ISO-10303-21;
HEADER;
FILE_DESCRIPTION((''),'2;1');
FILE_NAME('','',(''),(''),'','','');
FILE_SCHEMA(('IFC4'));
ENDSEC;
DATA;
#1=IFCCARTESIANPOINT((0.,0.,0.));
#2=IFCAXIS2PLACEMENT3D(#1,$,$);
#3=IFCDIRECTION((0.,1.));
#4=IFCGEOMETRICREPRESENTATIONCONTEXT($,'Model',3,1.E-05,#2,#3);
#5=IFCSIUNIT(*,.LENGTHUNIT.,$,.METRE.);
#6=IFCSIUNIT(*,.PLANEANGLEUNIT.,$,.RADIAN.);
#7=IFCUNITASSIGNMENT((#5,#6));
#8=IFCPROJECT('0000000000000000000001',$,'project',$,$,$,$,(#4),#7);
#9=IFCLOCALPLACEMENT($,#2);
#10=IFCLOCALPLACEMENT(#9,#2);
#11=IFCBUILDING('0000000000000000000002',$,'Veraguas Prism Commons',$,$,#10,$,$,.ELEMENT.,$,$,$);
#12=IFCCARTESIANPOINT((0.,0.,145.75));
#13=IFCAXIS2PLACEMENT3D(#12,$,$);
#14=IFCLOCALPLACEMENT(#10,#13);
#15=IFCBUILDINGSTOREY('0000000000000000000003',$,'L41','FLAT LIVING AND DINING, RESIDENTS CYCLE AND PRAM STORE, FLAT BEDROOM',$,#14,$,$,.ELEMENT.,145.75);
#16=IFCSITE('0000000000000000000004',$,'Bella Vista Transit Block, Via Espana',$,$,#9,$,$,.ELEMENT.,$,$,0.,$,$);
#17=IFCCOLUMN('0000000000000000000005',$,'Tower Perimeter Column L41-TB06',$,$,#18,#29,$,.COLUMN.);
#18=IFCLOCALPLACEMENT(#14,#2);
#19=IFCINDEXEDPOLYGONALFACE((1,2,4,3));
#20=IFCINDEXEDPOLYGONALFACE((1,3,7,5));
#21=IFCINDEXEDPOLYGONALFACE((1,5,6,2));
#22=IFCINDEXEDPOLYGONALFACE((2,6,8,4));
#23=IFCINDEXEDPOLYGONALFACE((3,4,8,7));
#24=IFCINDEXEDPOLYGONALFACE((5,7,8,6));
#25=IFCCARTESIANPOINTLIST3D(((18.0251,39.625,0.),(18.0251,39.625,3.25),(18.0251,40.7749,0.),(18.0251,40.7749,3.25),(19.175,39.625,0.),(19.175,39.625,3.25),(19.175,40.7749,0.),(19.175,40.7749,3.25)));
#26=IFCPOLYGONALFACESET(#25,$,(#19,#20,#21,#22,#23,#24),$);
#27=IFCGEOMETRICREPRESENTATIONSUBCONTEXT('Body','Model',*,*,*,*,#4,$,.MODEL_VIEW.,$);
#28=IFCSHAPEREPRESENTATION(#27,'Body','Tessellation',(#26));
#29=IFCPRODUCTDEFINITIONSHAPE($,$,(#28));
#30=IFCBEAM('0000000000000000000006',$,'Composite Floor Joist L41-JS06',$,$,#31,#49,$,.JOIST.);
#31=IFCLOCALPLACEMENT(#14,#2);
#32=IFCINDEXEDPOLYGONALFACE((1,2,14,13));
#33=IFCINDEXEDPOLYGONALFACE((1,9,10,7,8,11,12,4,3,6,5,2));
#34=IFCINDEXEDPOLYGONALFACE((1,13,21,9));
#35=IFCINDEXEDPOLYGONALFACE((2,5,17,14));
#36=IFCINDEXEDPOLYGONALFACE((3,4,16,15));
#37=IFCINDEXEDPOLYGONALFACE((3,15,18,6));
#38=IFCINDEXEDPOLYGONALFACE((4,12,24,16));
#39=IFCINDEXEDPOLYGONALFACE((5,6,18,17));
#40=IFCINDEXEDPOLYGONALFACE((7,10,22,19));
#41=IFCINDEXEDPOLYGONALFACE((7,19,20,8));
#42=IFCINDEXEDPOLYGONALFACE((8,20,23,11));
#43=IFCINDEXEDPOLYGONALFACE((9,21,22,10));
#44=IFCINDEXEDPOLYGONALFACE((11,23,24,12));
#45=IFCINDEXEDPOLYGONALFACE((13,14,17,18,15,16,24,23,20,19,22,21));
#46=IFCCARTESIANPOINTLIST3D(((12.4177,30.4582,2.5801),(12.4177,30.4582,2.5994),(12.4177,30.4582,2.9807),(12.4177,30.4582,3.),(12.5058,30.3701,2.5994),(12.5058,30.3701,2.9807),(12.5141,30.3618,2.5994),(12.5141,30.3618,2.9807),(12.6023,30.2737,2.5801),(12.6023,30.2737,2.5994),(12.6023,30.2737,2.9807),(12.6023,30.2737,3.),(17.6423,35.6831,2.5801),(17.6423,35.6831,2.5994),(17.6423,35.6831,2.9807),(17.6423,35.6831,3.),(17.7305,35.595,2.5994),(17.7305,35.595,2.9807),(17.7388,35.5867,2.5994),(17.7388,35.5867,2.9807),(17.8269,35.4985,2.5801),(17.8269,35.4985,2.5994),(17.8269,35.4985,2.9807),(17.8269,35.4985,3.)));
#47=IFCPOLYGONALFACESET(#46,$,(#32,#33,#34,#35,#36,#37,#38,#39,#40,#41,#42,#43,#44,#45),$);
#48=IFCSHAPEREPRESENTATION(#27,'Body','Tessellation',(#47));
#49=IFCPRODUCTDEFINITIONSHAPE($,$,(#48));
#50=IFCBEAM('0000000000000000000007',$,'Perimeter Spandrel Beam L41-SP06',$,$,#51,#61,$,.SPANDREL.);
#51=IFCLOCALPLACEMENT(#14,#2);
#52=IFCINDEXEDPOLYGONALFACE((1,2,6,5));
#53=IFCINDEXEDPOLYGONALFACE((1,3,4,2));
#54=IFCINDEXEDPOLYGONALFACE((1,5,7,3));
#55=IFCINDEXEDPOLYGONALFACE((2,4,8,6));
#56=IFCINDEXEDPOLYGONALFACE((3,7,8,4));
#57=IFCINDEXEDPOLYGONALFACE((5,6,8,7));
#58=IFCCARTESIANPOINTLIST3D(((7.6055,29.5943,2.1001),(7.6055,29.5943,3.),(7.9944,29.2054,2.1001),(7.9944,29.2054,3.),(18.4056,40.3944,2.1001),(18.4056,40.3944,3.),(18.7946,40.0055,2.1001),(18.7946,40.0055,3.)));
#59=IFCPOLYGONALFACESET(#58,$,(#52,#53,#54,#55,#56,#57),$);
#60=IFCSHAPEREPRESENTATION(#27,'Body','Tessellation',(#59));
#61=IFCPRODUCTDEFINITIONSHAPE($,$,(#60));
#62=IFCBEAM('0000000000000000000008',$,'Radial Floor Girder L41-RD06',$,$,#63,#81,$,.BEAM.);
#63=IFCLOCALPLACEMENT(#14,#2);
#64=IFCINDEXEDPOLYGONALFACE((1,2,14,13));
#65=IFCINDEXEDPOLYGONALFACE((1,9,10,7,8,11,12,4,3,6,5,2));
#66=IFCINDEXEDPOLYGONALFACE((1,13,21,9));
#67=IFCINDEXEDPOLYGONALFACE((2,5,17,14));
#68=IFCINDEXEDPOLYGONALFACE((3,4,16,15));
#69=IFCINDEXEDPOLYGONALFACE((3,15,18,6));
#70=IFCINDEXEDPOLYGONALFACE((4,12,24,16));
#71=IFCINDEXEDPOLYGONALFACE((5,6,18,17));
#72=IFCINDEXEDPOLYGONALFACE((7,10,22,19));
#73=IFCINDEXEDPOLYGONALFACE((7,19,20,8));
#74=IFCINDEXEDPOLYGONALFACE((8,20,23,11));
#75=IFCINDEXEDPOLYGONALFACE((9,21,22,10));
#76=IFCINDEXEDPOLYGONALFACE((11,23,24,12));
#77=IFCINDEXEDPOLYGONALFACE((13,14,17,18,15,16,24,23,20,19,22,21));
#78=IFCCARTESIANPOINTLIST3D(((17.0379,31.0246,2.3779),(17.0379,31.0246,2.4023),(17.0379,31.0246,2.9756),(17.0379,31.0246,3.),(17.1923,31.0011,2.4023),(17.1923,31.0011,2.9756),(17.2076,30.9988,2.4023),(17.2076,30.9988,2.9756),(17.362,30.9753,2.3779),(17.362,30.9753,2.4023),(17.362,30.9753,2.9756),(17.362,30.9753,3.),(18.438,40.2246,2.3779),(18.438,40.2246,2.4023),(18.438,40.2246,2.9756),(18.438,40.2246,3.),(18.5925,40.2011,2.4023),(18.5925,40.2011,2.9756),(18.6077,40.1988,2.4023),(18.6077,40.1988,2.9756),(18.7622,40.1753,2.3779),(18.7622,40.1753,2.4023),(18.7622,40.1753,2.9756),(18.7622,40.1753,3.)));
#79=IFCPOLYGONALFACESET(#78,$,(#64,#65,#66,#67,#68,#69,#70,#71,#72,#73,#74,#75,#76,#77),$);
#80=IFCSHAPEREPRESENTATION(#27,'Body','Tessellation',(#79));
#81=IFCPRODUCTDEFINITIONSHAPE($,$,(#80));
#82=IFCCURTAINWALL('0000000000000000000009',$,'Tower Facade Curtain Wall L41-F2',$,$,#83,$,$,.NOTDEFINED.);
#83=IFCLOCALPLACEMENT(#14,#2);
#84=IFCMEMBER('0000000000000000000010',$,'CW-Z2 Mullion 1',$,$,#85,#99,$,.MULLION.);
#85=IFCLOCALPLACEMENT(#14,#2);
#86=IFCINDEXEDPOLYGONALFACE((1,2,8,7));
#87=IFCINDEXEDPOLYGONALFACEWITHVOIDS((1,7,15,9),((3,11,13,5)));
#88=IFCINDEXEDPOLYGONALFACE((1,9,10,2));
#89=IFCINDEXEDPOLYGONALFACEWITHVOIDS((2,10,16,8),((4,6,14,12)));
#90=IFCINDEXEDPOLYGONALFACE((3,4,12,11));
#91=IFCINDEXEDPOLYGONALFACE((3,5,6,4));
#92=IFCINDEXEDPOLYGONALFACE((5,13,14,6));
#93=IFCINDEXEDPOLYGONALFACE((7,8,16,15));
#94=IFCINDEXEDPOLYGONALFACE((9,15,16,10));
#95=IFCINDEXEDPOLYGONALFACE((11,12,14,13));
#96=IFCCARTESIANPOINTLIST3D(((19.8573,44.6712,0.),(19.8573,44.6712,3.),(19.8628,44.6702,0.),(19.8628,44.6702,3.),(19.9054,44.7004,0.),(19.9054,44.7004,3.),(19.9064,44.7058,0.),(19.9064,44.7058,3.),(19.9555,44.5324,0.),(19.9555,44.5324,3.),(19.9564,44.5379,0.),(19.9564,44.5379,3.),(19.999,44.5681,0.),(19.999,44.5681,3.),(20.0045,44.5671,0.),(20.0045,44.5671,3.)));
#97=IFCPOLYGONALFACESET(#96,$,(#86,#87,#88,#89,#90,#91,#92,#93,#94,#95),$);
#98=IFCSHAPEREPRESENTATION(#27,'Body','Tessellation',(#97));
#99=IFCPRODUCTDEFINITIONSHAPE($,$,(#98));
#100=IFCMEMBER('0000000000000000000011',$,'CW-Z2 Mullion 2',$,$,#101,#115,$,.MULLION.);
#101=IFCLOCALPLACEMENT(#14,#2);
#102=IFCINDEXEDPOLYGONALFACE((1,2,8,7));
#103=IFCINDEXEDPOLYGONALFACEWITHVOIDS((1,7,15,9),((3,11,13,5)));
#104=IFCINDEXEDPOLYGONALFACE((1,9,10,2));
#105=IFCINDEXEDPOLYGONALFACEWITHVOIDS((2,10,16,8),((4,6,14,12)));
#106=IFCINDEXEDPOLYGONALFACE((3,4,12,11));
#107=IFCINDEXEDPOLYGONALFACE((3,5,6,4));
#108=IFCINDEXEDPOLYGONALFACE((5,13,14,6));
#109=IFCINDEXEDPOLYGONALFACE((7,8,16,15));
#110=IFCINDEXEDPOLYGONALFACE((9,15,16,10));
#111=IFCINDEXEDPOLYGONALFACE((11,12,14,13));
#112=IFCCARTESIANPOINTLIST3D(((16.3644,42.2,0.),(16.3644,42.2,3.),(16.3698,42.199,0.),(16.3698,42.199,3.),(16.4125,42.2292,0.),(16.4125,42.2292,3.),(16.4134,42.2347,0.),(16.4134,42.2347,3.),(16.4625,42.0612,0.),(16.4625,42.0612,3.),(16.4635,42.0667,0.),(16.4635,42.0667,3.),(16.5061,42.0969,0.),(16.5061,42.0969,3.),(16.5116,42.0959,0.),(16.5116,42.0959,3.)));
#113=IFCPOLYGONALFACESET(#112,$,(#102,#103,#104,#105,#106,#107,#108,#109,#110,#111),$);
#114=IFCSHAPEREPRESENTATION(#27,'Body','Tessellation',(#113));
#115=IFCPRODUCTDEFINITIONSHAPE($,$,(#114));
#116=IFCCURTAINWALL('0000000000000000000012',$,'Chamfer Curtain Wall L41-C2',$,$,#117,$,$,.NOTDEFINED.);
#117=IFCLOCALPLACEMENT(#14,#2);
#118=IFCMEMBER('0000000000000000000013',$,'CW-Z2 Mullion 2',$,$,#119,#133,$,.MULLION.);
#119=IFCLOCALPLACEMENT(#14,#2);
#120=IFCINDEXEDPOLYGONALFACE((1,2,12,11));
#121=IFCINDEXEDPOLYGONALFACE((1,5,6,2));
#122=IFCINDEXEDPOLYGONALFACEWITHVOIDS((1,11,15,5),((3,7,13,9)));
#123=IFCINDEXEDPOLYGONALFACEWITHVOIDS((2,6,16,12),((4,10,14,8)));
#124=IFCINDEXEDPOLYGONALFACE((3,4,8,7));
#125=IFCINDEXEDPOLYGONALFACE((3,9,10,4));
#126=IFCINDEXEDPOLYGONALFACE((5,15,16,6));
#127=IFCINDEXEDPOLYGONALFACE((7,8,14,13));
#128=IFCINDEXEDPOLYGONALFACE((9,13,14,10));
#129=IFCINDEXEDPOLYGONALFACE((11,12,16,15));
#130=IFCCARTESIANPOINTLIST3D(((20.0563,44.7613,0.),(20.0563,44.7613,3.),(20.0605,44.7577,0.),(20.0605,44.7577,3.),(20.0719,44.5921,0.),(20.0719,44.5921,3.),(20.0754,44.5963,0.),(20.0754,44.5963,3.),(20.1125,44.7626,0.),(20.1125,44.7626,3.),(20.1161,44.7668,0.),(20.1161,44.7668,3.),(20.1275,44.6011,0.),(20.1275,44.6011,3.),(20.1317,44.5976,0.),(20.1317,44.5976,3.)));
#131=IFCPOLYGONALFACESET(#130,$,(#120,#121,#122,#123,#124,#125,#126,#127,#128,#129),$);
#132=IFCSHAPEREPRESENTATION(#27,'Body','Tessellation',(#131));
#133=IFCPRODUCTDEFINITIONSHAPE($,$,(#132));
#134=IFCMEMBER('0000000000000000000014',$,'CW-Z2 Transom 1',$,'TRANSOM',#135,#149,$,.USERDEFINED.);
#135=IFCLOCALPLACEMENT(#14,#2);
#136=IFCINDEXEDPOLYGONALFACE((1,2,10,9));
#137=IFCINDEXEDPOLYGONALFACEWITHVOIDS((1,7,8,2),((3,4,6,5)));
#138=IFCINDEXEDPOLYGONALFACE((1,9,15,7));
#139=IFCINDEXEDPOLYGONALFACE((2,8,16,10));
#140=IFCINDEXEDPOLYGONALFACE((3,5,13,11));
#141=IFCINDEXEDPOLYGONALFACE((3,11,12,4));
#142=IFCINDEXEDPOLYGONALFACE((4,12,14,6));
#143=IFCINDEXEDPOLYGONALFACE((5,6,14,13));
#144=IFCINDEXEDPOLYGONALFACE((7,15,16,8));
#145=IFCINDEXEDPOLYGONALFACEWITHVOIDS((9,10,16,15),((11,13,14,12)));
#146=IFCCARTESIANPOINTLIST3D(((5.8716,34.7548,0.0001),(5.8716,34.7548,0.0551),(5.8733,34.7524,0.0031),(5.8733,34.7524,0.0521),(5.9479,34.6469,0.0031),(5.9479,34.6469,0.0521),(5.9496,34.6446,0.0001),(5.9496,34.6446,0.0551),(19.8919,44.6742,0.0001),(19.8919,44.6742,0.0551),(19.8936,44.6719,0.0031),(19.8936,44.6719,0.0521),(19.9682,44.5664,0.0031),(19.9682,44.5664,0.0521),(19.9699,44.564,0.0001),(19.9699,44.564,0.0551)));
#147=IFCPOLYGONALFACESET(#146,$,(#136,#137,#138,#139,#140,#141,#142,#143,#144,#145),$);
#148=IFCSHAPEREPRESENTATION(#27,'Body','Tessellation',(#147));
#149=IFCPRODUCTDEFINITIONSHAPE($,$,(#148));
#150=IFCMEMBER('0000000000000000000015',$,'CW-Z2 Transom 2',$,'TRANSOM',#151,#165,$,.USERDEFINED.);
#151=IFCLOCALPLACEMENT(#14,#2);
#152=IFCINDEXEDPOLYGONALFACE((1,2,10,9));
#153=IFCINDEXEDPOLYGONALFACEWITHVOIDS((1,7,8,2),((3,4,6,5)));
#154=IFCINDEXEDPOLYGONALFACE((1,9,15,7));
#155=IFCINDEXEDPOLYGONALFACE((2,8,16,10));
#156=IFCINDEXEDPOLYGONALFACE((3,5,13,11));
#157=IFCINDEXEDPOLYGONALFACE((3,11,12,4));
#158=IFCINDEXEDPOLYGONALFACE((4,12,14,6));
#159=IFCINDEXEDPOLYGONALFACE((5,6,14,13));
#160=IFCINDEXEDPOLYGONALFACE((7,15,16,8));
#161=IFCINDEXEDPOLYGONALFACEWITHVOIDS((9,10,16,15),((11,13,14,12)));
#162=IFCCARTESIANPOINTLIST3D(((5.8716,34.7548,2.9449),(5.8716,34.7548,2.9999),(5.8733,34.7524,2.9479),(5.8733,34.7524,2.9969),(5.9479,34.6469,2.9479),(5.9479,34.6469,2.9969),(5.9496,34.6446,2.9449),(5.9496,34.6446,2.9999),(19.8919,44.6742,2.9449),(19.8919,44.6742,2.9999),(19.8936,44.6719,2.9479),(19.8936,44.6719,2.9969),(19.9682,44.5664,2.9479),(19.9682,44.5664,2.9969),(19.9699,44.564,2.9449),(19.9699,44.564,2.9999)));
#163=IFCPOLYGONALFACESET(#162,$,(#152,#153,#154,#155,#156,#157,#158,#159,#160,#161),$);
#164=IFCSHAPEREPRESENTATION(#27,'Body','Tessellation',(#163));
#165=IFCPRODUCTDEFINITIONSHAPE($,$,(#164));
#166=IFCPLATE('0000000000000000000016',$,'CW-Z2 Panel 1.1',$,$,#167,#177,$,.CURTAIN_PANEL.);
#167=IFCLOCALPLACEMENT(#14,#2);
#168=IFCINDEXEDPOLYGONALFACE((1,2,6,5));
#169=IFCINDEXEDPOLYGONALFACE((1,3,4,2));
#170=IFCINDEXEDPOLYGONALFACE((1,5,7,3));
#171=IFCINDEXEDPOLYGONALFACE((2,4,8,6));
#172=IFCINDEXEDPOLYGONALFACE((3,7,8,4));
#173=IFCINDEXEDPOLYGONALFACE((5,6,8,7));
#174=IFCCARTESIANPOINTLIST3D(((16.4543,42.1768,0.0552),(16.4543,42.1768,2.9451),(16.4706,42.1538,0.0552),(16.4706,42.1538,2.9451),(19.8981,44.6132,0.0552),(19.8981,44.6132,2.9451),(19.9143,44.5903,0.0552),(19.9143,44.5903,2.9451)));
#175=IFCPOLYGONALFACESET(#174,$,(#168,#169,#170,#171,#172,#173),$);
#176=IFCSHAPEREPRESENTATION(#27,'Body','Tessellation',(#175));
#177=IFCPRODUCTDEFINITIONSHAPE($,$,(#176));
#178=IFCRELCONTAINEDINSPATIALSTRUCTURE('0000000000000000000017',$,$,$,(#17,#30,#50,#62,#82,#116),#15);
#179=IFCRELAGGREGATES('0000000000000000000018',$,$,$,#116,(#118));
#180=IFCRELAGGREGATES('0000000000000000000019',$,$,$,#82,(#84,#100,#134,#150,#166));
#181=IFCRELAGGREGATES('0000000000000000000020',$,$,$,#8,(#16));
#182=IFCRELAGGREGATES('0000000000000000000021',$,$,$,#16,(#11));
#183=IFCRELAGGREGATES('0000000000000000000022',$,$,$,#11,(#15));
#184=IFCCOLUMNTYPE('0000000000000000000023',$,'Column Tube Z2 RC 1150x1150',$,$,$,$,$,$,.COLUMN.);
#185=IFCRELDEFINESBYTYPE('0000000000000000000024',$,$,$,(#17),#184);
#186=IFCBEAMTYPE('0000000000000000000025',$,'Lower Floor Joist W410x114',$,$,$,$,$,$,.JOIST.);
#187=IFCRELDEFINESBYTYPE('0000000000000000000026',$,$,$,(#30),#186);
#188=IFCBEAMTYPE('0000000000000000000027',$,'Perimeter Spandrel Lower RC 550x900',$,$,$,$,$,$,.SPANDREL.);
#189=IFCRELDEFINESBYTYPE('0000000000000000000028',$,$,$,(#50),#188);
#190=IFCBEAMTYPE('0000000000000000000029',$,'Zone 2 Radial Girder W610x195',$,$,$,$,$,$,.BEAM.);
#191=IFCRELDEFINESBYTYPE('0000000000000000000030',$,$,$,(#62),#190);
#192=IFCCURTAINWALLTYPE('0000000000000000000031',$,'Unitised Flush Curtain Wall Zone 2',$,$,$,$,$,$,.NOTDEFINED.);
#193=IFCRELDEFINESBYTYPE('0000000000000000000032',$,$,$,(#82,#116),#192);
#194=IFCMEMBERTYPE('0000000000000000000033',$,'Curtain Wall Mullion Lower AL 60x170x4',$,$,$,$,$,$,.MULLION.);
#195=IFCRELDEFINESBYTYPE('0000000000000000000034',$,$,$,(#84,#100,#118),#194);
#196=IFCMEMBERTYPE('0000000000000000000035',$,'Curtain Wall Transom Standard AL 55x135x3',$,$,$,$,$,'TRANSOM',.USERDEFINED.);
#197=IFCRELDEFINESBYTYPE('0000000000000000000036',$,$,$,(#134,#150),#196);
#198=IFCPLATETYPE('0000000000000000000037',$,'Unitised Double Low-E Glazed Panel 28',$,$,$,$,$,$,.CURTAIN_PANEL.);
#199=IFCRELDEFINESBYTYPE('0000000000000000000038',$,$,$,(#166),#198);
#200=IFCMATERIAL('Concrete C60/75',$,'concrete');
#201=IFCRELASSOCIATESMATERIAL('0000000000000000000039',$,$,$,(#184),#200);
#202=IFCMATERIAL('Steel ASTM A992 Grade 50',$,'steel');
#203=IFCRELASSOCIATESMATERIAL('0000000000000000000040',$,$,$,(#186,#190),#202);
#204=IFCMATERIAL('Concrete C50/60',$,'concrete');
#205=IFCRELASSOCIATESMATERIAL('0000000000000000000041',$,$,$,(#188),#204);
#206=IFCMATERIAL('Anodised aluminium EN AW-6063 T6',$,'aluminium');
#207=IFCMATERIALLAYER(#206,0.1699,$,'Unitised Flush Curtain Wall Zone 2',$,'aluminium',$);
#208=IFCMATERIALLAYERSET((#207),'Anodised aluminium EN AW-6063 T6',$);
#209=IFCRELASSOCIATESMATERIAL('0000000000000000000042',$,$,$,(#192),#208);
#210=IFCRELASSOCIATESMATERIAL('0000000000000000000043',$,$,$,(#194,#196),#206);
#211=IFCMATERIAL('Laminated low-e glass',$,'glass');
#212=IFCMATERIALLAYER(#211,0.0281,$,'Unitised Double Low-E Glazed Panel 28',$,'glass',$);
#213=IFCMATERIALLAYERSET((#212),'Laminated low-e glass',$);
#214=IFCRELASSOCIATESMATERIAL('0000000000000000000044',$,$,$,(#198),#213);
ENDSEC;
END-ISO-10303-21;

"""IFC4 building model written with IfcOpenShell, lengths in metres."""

from ifc_helpers import new_model, si_unit, direction, frame, origin, origin_2d, place, context, subcontext, project, spatial, rectangle, hollow_rectangle, i_section, extrude, source, transform, mapped, material, layer, layer_set, material_profile, profile_set, type_object, element, aggregate, save


model = new_model("IFC4")

# Units and contexts
model_context = context("Model", 3, precision=1e-05, world=origin(), true_north=direction((0.0, 1.0)))
body_context = subcontext(model_context, "Body", "Model", "MODEL_VIEW")
ifc_project = project(units=[si_unit("LENGTHUNIT", "METRE"), si_unit("PLANEANGLEUNIT", "RADIAN")], contexts=[model_context])

# Site, building, storey
site_placement = place(None, origin())
site = spatial("IfcSite", under=ifc_project, at=site_placement, Name="Bella Vista Transit Block, Via Espana", CompositionType="ELEMENT", RefElevation=0.0)
building_placement = place(site_placement, origin())
building = spatial("IfcBuilding", under=site, at=building_placement, Name="Veraguas Prism Commons", CompositionType="ELEMENT")
storey_placement = place(building_placement, frame((0.0, 0.0, 145.75)))
storey = spatial("IfcBuildingStorey", under=building, at=storey_placement, Name="L41", Description="FLAT LIVING AND DINING, RESIDENTS CYCLE AND PRAM STORE, FLAT BEDROOM", CompositionType="ELEMENT", Elevation=145.75)

# Column
ifc_material_1 = material(Name="Concrete C60/75", Category="concrete")
ifc_material_profile_1 = material_profile(ifc_material_1, rectangle(XDim=1.1499, YDim=1.1499, at=origin_2d()), Name="RC1150X1150")
ifc_profile_set_1 = profile_set([ifc_material_profile_1], Name="Concrete C60/75")
column_type = type_object("IfcColumnType", Name="Column Tube Z2 RC 1150x1150", PredefinedType="COLUMN", material=ifc_profile_set_1)
column_placement = place(storey_placement, frame((18.6001, 40.2, 0.0), z_axis=(0.0, 0.0, 1.0), x_axis=(1.0, 0.0, 0.0)))
element("IfcColumn", 1, at=column_placement, inside=storey, type_object=column_type, Name="Tower Perimeter Column L41-TB06", PredefinedType="COLUMN", context=body_context, shape_type="SweptSolid", body=[
    extrude(rectangle(XDim=1.1499, YDim=1.1499, at=origin_2d()), origin(), (0.0, 0.0, 1.0), 3.25),
])

# Beams
ifc_material_2 = material(Name="Steel ASTM A992 Grade 50", Category="steel")
ifc_material_profile_2 = material_profile(ifc_material_2, i_section(OverallWidth=0.261, OverallDepth=0.4199, WebThickness=0.0117, FlangeThickness=0.0193, at=origin_2d()), Name="W410X114")
ifc_profile_set_2 = profile_set([ifc_material_profile_2], Name="Steel ASTM A992 Grade 50")
beam_type_1 = type_object("IfcBeamType", Name="Lower Floor Joist W410x114", PredefinedType="JOIST", material=ifc_profile_set_2)
beam_1_placement = place(storey_placement, frame((17.7346, 35.5908, 2.79), z_axis=(-0.70709, -0.707123, 0.0), x_axis=(0.707123, -0.70709, 0.0)))
element("IfcBeam", 2, at=beam_1_placement, inside=storey, type_object=beam_type_1, Name="Composite Floor Joist L41-JS06", PredefinedType="JOIST", context=body_context, shape_type="SweptSolid", body=[
    extrude(i_section(OverallWidth=0.261, OverallDepth=0.4199, WebThickness=0.0117, FlangeThickness=0.0193, at=origin_2d()), origin(), (0.0, 0.0, 1.0), 7.3889),
])
ifc_material_3 = material(Name="Concrete C50/60", Category="concrete")
ifc_material_profile_3 = material_profile(ifc_material_3, rectangle(XDim=0.55, YDim=0.8999, at=origin_2d()), Name="RC550X900")
ifc_profile_set_3 = profile_set([ifc_material_profile_3], Name="Concrete C50/60")
beam_type_2 = type_object("IfcBeamType", Name="Perimeter Spandrel Lower RC 550x900", PredefinedType="SPANDREL", material=ifc_profile_set_3)
beam_2_placement = place(storey_placement, frame((18.6001, 40.2, 2.55), z_axis=(-0.707107, -0.707107, 0.0), x_axis=(0.707107, -0.707107, 0.0)))
element("IfcBeam", 3, at=beam_2_placement, inside=storey, type_object=beam_type_2, Name="Perimeter Spandrel Beam L41-SP06", PredefinedType="SPANDREL", context=body_context, shape_type="SweptSolid", body=[
    extrude(rectangle(XDim=0.55, YDim=0.8999, at=origin_2d()), origin(), (0.0, 0.0, 1.0), 15.2737),
])
ifc_material_profile_4 = material_profile(ifc_material_2, i_section(OverallWidth=0.3279, OverallDepth=0.6221, WebThickness=0.0154, FlangeThickness=0.0244, at=origin_2d()), Name="W610X195")
ifc_profile_set_4 = profile_set([ifc_material_profile_4], Name="Steel ASTM A992 Grade 50")
beam_type_3 = type_object("IfcBeamType", Name="Zone 2 Radial Girder W610x195", PredefinedType="BEAM", material=ifc_profile_set_4)
beam_3_placement = place(storey_placement, frame((18.6001, 40.2, 2.689), z_axis=(-0.150458, -0.988616, 0.0), x_axis=(0.988616, -0.150458, 0.0)))
element("IfcBeam", 4, at=beam_3_placement, inside=storey, type_object=beam_type_3, Name="Radial Floor Girder L41-RD06", PredefinedType="BEAM", context=body_context, shape_type="SweptSolid", body=[
    extrude(i_section(OverallWidth=0.3279, OverallDepth=0.6221, WebThickness=0.0154, FlangeThickness=0.0244, at=origin_2d()), origin(), (0.0, 0.0, 1.0), 9.3059),
])

# Curtain wall, members
ifc_material_4 = material(Name="Anodised aluminium EN AW-6063 T6", Category="aluminium")
ifc_layer_1 = layer(ifc_material_4, 0.1699, Name="Unitised Flush Curtain Wall Zone 2", Category="aluminium")
ifc_layer_set_1 = layer_set([ifc_layer_1], Name="Anodised aluminium EN AW-6063 T6")
curtain_wall_type = type_object("IfcCurtainWallType", Name="Unitised Flush Curtain Wall Zone 2", PredefinedType="NOTDEFINED", material=ifc_layer_set_1)
curtain_wall_1_placement = place(storey_placement, origin())
curtain_wall_1 = element("IfcCurtainWall", 5, at=curtain_wall_1_placement, inside=storey, type_object=curtain_wall_type, Name="Tower Facade Curtain Wall L41-F2", PredefinedType="NOTDEFINED")
ifc_material_profile_5 = material_profile(ifc_material_4, hollow_rectangle(XDim=0.0601, YDim=0.1699, WallThickness=0.0039, at=origin_2d()), Name="AL60X170X4")
ifc_profile_set_5 = profile_set([ifc_material_profile_5], Name="Anodised aluminium EN AW-6063 T6")
member_type_1 = type_object("IfcMemberType", Name="Curtain Wall Mullion Lower AL 60x170x4", PredefinedType="MULLION", material=ifc_profile_set_5)
shared_shape_1 = source(origin(), body_context, "Body", "SweptSolid", [
    extrude(hollow_rectangle(XDim=0.0601, YDim=0.1699, WallThickness=0.0039, at=origin_2d()), origin(), (0.0, 0.0, 1.0), 3.0),
])
member_1_placement = place(storey_placement, frame((19.9309, 44.6191, 0.0), z_axis=(0.0, 0.0, 1.0), x_axis=(-0.816342, -0.577568, 0.0)))
member_1 = element("IfcMember", 6, at=member_1_placement, type_object=member_type_1, Name="CW-Z2 Mullion 1", PredefinedType="MULLION", context=body_context, shape_type="MappedRepresentation", body=[
    mapped(shared_shape_1, transform((0.0, 0.0, 0.0), scale=1.0)),
])
member_2_placement = place(storey_placement, frame((16.438, 42.1479, 0.0), z_axis=(0.0, 0.0, 1.0), x_axis=(-0.816342, -0.577568, 0.0)))
member_2 = element("IfcMember", 7, at=member_2_placement, type_object=member_type_1, Name="CW-Z2 Mullion 2", PredefinedType="MULLION", context=body_context, shape_type="MappedRepresentation", body=[
    mapped(shared_shape_1, transform((0.0, 0.0, 0.0), scale=1.0)),
])

# Curtain wall, member
curtain_wall_2_placement = place(storey_placement, origin())
curtain_wall_2 = element("IfcCurtainWall", 8, at=curtain_wall_2_placement, inside=storey, type_object=curtain_wall_type, Name="Chamfer Curtain Wall L41-C2", PredefinedType="NOTDEFINED")
member_3_placement = place(storey_placement, frame((20.094, 44.6794, 0.0), z_axis=(0.0, 0.0, 1.0), x_axis=(-0.995756, -0.092035, 0.0)))
member_3 = element("IfcMember", 9, at=member_3_placement, type_object=member_type_1, Name="CW-Z2 Mullion 2", PredefinedType="MULLION", context=body_context, shape_type="MappedRepresentation", body=[
    mapped(shared_shape_1, transform((0.0, 0.0, 0.0), scale=1.0)),
])
aggregate(curtain_wall_2, [member_3])

# Members
ifc_material_profile_6 = material_profile(ifc_material_4, hollow_rectangle(XDim=0.0549, YDim=0.135, WallThickness=0.0029, at=origin_2d()), Name="AL55X135X3")
ifc_profile_set_6 = profile_set([ifc_material_profile_6], Name="Anodised aluminium EN AW-6063 T6")
member_type_2 = type_object("IfcMemberType", Name="Curtain Wall Transom Standard AL 55x135x3", ElementType="TRANSOM", PredefinedType="USERDEFINED", material=ifc_profile_set_6)
shared_shape_2 = source(origin(), body_context, "Body", "SweptSolid", [
    extrude(hollow_rectangle(XDim=0.0549, YDim=0.135, WallThickness=0.0029, at=origin_2d()), origin(), (0.0, 0.0, 1.0), 17.1746),
])
member_4_placement = place(storey_placement, frame((19.9309, 44.6191, 0.0276), z_axis=(-0.816343, -0.577568, 0.0), x_axis=(0.0, 0.0, 1.0)))
member_4 = element("IfcMember", 10, at=member_4_placement, type_object=member_type_2, Name="CW-Z2 Transom 1", ObjectType="TRANSOM", PredefinedType="USERDEFINED", context=body_context, shape_type="MappedRepresentation", body=[
    mapped(shared_shape_2, transform((0.0, 0.0, 0.0), scale=1.0)),
])
member_5_placement = place(storey_placement, frame((19.9309, 44.6191, 2.9724), z_axis=(-0.816343, -0.577568, 0.0), x_axis=(0.0, 0.0, 1.0)))
member_5 = element("IfcMember", 11, at=member_5_placement, type_object=member_type_2, Name="CW-Z2 Transom 2", ObjectType="TRANSOM", PredefinedType="USERDEFINED", context=body_context, shape_type="MappedRepresentation", body=[
    mapped(shared_shape_2, transform((0.0, 0.0, 0.0), scale=1.0)),
])

# Plate
ifc_material_5 = material(Name="Laminated low-e glass", Category="glass")
ifc_layer_2 = layer(ifc_material_5, 0.0281, Name="Unitised Double Low-E Glazed Panel 28", Category="glass")
ifc_layer_set_2 = layer_set([ifc_layer_2], Name="Laminated low-e glass")
plate_type = type_object("IfcPlateType", Name="Unitised Double Low-E Glazed Panel 28", PredefinedType="CURTAIN_PANEL", material=ifc_layer_set_2)
shared_shape_3 = source(origin(), body_context, "Body", "SweptSolid", [
    extrude(rectangle(XDim=4.2185, YDim=0.0281, at=origin_2d()), origin(), (0.0, 0.0, 1.0), 2.8899),
])
plate_1_placement = place(storey_placement, frame((18.1843, 43.3835, 0.0552), z_axis=(0.0, 0.0, 1.0), x_axis=(-0.816342, -0.577568, 0.0)))
plate_1 = element("IfcPlate", 12, at=plate_1_placement, type_object=plate_type, Name="CW-Z2 Panel 1.1", PredefinedType="CURTAIN_PANEL", context=body_context, shape_type="MappedRepresentation", body=[
    mapped(shared_shape_3, transform((0.0, 0.0, 0.0), scale=1.0)),
])
aggregate(curtain_wall_1, [member_1, member_2, member_4, member_5, plate_1])

save(model, "model.ifc")
